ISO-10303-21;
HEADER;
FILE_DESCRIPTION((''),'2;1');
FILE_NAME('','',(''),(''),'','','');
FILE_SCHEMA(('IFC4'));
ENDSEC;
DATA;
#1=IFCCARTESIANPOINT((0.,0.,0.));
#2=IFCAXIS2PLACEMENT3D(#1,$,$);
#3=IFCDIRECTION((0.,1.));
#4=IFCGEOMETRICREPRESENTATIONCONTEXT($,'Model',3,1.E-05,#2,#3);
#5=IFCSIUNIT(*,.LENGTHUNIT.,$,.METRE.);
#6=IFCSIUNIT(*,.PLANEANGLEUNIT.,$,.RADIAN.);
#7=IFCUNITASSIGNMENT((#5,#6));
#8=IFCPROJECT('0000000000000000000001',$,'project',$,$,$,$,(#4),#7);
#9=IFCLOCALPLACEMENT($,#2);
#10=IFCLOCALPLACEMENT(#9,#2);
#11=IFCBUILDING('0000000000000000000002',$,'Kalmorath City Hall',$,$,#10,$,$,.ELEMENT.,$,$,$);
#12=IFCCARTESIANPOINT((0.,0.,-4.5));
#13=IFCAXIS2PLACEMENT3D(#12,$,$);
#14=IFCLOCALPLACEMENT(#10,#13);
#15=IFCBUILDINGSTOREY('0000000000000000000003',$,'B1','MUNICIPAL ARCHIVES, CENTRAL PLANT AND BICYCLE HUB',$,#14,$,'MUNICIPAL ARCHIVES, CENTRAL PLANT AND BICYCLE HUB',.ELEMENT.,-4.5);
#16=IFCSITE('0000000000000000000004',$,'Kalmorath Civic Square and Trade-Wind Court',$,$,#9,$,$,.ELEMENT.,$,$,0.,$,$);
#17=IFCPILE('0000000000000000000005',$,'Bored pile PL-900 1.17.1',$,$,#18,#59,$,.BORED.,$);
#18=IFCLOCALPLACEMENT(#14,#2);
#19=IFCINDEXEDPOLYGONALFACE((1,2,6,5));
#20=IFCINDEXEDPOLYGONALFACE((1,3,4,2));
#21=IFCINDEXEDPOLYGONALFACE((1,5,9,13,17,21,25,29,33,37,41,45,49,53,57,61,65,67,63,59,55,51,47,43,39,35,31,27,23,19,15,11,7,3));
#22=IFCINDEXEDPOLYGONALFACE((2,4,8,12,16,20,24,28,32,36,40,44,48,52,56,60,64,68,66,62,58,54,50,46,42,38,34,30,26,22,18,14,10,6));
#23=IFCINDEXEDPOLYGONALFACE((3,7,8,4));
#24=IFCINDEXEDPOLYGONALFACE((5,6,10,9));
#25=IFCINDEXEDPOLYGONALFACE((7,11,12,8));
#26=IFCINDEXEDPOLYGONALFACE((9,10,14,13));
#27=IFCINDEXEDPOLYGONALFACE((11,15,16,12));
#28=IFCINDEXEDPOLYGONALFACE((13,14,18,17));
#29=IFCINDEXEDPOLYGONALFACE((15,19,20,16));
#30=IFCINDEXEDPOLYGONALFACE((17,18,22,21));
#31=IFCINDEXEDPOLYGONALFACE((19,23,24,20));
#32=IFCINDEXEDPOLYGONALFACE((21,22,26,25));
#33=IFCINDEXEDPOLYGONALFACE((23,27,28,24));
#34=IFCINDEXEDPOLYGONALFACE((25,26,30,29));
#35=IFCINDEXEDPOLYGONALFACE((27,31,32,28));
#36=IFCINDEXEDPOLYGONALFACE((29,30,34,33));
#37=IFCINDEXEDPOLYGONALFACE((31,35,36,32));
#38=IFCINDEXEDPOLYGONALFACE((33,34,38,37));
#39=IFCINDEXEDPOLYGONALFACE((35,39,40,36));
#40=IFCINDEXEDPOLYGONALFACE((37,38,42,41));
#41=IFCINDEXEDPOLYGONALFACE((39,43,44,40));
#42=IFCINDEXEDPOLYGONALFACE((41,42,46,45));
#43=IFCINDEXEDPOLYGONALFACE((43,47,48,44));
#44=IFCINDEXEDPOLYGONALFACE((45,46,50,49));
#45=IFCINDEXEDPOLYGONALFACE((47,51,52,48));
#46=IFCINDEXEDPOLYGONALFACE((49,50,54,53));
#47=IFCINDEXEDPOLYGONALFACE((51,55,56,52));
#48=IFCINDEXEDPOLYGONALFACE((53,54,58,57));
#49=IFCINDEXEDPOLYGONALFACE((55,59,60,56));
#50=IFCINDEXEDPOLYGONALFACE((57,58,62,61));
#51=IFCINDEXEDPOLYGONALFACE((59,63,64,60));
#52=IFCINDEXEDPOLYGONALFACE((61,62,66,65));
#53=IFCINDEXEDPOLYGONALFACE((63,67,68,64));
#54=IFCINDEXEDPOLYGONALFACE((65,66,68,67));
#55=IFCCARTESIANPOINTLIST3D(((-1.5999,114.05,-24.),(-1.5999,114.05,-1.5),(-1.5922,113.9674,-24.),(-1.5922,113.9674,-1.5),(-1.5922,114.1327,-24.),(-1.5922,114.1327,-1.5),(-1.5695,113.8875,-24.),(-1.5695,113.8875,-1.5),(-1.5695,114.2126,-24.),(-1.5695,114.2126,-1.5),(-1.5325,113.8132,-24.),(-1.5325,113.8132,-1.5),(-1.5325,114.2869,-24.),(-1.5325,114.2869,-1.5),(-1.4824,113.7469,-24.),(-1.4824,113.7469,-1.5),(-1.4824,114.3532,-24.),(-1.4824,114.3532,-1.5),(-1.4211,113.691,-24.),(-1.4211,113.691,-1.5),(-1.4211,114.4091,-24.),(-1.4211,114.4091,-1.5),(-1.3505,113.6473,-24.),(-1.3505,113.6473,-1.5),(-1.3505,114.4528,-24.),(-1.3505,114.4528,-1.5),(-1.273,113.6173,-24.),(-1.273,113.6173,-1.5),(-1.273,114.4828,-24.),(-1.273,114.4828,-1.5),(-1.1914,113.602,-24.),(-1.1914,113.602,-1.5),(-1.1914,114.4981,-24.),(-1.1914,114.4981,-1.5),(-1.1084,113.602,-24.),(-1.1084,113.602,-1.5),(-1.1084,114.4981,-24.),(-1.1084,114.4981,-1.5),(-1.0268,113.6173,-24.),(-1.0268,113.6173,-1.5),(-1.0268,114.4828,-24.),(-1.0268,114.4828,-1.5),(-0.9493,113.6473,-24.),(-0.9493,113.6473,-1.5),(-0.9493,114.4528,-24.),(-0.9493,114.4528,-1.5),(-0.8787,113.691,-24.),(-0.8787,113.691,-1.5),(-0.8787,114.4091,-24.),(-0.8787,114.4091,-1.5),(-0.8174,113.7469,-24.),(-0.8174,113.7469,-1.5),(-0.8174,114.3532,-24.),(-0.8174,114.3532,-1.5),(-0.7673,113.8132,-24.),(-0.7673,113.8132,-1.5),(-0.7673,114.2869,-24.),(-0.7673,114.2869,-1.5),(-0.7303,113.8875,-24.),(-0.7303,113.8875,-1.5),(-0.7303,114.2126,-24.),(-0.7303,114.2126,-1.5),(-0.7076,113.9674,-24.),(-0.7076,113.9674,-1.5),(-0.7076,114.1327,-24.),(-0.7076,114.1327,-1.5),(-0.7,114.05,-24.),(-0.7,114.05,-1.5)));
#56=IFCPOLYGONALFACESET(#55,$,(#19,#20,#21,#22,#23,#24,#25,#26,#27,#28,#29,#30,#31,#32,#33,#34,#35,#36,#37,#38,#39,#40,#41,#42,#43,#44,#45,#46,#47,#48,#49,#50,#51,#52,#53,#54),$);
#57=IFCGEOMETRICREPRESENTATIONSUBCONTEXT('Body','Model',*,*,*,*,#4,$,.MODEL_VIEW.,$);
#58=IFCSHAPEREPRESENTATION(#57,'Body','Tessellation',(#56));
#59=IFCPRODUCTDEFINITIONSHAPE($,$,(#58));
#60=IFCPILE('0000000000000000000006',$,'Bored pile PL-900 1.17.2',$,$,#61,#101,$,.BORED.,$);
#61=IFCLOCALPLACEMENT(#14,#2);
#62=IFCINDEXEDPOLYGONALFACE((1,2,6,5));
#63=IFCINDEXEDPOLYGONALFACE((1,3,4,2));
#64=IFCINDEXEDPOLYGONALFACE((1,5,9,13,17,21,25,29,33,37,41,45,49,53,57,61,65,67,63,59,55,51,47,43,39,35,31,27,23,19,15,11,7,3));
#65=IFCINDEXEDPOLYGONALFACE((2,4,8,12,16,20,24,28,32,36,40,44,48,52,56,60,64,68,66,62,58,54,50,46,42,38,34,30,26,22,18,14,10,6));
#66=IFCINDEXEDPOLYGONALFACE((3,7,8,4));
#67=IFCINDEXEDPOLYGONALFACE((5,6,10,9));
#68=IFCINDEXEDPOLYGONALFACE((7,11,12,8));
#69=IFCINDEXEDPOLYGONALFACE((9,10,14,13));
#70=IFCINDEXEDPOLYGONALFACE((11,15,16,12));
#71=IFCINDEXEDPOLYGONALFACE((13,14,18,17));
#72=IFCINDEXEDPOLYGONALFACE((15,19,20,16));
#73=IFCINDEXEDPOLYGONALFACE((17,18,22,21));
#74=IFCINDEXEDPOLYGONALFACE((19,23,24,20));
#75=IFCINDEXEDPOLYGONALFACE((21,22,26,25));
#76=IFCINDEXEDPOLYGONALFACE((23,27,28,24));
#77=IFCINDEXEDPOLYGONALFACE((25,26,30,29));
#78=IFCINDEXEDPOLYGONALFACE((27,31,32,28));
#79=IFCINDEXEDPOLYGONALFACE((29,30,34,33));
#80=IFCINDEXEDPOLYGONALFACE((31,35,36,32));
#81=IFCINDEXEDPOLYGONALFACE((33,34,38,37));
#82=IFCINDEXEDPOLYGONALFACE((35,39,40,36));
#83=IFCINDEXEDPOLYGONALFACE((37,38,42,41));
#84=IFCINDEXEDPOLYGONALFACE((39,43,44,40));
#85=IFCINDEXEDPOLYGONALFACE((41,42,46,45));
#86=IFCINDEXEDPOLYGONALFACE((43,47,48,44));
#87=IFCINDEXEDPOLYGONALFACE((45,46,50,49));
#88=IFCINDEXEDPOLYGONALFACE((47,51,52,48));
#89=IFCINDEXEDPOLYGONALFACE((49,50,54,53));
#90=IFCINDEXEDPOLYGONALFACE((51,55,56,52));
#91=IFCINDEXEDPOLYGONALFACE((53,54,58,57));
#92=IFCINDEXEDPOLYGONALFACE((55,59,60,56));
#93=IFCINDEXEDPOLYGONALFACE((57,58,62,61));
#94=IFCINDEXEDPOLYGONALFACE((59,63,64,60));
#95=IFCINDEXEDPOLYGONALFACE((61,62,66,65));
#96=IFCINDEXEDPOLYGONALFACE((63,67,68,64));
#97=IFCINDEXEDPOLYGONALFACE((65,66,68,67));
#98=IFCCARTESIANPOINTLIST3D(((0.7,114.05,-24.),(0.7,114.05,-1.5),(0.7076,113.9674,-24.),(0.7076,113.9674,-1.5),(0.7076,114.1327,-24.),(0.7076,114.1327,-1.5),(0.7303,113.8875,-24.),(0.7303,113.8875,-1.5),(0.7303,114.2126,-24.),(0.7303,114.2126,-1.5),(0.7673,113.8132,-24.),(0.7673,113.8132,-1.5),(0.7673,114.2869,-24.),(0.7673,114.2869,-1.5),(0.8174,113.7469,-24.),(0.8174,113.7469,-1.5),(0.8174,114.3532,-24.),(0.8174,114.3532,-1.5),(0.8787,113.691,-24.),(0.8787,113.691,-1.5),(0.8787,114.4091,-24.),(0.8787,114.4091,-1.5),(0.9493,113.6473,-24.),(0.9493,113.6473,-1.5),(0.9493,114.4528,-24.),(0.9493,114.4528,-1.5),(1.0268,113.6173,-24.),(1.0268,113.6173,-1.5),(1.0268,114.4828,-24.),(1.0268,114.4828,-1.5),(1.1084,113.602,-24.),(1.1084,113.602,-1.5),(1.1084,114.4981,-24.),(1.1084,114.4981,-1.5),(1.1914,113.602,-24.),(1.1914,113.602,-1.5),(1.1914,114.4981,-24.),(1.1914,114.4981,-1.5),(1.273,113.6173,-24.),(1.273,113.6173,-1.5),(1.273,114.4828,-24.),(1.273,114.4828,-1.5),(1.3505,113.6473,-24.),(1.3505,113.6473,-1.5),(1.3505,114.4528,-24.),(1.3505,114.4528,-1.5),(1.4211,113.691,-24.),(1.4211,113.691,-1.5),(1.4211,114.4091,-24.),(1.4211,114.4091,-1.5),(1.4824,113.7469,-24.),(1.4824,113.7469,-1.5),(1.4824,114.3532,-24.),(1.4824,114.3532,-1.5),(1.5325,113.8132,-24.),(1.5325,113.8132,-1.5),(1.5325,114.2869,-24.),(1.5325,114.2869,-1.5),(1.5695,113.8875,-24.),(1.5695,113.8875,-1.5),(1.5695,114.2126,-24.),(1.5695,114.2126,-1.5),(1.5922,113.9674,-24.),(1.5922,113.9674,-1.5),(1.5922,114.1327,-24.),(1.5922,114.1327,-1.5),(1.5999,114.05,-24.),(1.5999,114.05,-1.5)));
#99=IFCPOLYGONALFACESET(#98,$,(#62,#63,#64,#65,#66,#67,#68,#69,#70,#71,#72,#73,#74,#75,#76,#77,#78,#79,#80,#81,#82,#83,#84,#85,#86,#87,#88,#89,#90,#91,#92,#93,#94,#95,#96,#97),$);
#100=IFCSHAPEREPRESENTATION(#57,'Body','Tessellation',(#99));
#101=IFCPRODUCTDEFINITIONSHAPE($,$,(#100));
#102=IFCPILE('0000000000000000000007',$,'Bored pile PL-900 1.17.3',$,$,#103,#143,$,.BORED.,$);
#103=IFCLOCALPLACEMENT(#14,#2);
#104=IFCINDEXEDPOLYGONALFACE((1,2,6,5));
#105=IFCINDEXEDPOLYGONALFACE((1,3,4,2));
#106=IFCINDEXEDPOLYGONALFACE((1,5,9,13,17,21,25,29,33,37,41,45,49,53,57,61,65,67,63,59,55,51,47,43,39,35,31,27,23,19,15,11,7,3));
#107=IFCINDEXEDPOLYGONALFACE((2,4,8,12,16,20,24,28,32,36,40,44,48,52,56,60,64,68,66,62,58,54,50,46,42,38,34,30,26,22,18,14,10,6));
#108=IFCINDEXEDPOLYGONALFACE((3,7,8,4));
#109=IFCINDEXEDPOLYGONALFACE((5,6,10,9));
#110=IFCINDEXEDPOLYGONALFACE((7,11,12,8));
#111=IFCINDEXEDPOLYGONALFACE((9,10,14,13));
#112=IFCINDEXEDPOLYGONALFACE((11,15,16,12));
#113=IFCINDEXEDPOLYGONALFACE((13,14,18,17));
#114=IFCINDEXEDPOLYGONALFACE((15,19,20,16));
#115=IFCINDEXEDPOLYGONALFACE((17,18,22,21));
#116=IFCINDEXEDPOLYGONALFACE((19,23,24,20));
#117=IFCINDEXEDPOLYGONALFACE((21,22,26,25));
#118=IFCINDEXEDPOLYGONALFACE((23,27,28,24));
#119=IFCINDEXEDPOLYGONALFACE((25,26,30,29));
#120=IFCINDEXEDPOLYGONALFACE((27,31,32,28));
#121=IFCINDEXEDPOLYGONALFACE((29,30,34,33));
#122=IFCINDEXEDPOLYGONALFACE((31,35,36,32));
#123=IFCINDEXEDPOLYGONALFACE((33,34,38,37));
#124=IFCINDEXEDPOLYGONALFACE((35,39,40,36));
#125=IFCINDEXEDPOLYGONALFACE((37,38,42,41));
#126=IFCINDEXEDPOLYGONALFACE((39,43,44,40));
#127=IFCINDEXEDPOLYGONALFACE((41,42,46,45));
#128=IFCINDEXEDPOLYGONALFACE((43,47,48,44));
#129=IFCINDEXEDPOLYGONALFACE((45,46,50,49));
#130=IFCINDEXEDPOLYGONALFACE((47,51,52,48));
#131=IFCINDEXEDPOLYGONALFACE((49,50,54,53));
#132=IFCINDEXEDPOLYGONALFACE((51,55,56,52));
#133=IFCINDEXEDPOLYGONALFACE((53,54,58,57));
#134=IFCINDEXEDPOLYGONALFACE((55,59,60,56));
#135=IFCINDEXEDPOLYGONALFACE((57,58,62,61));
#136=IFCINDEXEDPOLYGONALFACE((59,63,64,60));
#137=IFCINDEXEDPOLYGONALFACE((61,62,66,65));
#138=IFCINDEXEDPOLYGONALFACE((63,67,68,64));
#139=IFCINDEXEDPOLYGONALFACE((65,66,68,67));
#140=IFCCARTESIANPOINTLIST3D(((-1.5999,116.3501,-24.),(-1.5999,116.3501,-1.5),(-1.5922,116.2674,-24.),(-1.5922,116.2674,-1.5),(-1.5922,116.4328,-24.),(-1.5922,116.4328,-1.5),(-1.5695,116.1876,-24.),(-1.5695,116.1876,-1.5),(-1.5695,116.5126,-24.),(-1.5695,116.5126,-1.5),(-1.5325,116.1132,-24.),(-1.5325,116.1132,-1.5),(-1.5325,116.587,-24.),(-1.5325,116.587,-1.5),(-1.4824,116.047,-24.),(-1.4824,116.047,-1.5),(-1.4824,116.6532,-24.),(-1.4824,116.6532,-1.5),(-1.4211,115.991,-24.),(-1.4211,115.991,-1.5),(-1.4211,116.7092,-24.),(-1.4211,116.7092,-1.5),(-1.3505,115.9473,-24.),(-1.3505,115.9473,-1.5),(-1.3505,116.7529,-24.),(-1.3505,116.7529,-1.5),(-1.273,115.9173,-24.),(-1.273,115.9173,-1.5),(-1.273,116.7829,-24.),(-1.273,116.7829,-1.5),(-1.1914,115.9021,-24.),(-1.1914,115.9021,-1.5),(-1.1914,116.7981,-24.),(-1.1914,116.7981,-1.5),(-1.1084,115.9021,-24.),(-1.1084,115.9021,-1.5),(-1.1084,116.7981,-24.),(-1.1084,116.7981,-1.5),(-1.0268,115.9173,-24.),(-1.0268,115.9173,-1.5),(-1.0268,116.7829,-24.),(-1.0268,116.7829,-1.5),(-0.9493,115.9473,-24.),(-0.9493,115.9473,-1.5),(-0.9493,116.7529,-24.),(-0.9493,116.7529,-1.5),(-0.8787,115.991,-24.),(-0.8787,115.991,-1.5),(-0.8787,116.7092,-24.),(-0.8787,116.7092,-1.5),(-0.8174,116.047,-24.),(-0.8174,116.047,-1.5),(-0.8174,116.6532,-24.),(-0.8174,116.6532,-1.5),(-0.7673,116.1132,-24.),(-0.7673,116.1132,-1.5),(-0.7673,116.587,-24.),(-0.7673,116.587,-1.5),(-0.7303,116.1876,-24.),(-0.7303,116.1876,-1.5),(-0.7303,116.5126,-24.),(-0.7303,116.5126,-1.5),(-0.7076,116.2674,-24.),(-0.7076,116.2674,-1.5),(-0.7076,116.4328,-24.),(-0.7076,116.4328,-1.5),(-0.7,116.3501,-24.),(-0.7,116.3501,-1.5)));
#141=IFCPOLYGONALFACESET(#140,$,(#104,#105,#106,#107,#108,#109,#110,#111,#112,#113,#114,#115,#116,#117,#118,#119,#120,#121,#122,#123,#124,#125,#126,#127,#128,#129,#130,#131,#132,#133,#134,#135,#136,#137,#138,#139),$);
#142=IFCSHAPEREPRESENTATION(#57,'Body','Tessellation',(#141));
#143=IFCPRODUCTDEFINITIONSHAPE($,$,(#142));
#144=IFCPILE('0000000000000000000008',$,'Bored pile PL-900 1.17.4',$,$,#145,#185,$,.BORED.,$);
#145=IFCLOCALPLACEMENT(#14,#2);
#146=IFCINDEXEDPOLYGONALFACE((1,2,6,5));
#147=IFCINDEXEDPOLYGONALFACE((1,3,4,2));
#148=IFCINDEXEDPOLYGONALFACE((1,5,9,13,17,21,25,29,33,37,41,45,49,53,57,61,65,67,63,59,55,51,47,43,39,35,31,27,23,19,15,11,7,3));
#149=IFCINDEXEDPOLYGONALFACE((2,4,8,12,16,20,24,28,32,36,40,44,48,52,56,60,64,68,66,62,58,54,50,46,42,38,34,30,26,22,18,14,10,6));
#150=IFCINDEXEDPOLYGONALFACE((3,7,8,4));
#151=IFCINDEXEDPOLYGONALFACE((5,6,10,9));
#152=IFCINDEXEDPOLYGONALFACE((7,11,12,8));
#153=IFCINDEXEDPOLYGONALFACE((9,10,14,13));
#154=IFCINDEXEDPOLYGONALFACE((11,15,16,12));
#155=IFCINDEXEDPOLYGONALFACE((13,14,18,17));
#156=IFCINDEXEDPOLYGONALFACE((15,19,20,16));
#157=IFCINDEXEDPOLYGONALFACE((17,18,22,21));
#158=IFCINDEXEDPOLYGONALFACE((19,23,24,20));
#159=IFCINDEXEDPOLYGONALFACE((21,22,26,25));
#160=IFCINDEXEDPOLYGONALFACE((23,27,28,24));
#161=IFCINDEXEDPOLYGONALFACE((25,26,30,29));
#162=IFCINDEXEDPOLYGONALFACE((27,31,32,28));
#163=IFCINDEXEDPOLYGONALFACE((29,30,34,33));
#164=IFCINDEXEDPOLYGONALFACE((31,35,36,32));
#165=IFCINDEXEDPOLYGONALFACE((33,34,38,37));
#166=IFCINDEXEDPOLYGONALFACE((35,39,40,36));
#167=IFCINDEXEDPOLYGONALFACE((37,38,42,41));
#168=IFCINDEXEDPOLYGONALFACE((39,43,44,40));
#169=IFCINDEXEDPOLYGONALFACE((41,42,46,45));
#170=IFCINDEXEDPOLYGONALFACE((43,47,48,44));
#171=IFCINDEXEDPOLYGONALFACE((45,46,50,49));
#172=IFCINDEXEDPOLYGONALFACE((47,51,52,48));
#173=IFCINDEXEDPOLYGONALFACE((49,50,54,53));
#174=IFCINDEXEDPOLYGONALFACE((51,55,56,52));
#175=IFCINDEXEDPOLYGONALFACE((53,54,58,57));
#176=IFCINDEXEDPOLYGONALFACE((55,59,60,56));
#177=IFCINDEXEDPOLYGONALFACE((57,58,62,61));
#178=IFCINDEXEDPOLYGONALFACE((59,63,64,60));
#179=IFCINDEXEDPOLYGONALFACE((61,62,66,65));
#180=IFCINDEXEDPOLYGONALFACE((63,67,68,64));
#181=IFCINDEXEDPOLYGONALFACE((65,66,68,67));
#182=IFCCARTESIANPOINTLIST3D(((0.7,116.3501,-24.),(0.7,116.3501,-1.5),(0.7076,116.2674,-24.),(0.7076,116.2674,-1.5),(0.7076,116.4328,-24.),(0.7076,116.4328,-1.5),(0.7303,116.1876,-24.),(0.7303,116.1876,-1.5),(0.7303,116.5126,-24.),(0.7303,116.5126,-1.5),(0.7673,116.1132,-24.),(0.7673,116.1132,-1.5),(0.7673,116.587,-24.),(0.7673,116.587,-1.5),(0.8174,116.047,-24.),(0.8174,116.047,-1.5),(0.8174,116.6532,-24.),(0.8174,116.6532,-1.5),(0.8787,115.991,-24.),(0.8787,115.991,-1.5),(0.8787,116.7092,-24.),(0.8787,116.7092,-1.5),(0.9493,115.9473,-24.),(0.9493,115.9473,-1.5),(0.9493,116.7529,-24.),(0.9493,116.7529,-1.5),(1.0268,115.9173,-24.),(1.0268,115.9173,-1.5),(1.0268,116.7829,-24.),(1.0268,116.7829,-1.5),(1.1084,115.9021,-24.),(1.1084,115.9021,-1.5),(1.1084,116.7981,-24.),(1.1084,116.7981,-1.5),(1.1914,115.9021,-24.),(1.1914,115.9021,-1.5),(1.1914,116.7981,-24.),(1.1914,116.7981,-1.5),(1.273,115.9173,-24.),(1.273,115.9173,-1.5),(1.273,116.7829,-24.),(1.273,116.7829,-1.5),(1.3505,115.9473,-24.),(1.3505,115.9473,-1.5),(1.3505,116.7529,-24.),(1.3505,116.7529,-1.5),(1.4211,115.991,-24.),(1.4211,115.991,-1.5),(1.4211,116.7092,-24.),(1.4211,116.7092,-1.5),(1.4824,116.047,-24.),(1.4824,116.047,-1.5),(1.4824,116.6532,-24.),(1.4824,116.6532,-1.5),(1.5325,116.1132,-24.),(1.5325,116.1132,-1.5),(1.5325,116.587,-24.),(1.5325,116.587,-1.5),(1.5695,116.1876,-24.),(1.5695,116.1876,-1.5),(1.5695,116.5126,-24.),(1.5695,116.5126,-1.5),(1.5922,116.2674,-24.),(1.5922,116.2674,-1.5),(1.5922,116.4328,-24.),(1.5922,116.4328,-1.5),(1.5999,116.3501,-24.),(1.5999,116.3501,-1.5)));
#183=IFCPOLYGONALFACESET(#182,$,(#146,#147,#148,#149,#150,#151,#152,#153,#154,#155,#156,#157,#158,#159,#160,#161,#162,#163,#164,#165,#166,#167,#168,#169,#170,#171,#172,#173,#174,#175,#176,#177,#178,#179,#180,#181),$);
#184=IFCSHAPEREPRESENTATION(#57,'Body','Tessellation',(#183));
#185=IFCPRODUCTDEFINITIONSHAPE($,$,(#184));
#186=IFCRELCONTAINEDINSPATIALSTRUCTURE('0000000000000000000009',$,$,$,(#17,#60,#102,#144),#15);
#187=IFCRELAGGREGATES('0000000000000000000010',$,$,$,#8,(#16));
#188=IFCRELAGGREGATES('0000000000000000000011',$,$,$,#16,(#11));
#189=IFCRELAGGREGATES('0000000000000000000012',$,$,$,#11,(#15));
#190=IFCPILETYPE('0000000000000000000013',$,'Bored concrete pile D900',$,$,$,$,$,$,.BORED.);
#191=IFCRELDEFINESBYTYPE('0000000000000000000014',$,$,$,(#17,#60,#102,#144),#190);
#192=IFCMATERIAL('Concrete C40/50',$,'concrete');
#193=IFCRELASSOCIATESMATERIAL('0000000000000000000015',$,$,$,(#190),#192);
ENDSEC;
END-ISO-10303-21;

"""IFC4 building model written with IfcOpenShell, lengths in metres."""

from ifc_helpers import new_model, si_unit, direction, frame, origin, origin_2d, place, context, subcontext, project, spatial, circle, extrude, material, material_profile, profile_set, type_object, element, save


model = new_model("IFC4")

# Units and contexts
model_context = context("Model", 3, precision=1e-05, world=origin(), true_north=direction((0.0, 1.0)))
body_context = subcontext(model_context, "Body", "Model", "MODEL_VIEW")
ifc_project = project(units=[si_unit("LENGTHUNIT", "METRE"), si_unit("PLANEANGLEUNIT", "RADIAN")], contexts=[model_context])

# Site, building, storey
site_placement = place(None, origin())
site = spatial("IfcSite", under=ifc_project, at=site_placement, Name="Kalmorath Civic Square and Trade-Wind Court", CompositionType="ELEMENT", RefElevation=0.0)
building_placement = place(site_placement, origin())
building = spatial("IfcBuilding", under=site, at=building_placement, Name="Kalmorath City Hall", CompositionType="ELEMENT")
storey_placement = place(building_placement, frame((0.0, 0.0, -4.5)))
storey = spatial("IfcBuildingStorey", under=building, at=storey_placement, Name="B1", Description="MUNICIPAL ARCHIVES, CENTRAL PLANT AND BICYCLE HUB", LongName="MUNICIPAL ARCHIVES, CENTRAL PLANT AND BICYCLE HUB", CompositionType="ELEMENT", Elevation=-4.5)

# Piles
ifc_material_1 = material(Name="Concrete C40/50", Category="concrete")
ifc_material_profile_1 = material_profile(ifc_material_1, circle(Radius=0.45, at=origin_2d()), Name="PILE-D900")
ifc_profile_set_1 = profile_set([ifc_material_profile_1], Name="Concrete C40/50")
pile_type = type_object("IfcPileType", Name="Bored concrete pile D900", PredefinedType="BORED", material=ifc_profile_set_1)
for number, where, z_axis, x_axis, name in (
    (1, (-1.1499, 114.05, -1.5), (0.0, 0.0, -1.0), (1.0, 0.0, 0.0), "Bored pile PL-900 1.17.1"),
    (2, (1.1499, 114.05, -1.5), (0.0, 0.0, -1.0), (1.0, 0.0, 0.0), "Bored pile PL-900 1.17.2"),
    (3, (-1.1499, 116.3501, -1.5), (0.0, 0.0, -1.0), (1.0, 0.0, 0.0), "Bored pile PL-900 1.17.3"),
    (4, (1.1499, 116.3501, -1.5), (0.0, 0.0, -1.0), (1.0, 0.0, 0.0), "Bored pile PL-900 1.17.4"),
):
    element("IfcPile", number, at=place(storey_placement, frame(where, z_axis=z_axis, x_axis=x_axis)), inside=storey, type_object=pile_type, Name=name, PredefinedType="BORED", context=body_context, shape_type="SweptSolid", body=[
        extrude(circle(Radius=0.45, at=origin_2d()), origin(), (0.0, 0.0, 1.0), 22.5),
    ])

save(model, "model.ifc")
